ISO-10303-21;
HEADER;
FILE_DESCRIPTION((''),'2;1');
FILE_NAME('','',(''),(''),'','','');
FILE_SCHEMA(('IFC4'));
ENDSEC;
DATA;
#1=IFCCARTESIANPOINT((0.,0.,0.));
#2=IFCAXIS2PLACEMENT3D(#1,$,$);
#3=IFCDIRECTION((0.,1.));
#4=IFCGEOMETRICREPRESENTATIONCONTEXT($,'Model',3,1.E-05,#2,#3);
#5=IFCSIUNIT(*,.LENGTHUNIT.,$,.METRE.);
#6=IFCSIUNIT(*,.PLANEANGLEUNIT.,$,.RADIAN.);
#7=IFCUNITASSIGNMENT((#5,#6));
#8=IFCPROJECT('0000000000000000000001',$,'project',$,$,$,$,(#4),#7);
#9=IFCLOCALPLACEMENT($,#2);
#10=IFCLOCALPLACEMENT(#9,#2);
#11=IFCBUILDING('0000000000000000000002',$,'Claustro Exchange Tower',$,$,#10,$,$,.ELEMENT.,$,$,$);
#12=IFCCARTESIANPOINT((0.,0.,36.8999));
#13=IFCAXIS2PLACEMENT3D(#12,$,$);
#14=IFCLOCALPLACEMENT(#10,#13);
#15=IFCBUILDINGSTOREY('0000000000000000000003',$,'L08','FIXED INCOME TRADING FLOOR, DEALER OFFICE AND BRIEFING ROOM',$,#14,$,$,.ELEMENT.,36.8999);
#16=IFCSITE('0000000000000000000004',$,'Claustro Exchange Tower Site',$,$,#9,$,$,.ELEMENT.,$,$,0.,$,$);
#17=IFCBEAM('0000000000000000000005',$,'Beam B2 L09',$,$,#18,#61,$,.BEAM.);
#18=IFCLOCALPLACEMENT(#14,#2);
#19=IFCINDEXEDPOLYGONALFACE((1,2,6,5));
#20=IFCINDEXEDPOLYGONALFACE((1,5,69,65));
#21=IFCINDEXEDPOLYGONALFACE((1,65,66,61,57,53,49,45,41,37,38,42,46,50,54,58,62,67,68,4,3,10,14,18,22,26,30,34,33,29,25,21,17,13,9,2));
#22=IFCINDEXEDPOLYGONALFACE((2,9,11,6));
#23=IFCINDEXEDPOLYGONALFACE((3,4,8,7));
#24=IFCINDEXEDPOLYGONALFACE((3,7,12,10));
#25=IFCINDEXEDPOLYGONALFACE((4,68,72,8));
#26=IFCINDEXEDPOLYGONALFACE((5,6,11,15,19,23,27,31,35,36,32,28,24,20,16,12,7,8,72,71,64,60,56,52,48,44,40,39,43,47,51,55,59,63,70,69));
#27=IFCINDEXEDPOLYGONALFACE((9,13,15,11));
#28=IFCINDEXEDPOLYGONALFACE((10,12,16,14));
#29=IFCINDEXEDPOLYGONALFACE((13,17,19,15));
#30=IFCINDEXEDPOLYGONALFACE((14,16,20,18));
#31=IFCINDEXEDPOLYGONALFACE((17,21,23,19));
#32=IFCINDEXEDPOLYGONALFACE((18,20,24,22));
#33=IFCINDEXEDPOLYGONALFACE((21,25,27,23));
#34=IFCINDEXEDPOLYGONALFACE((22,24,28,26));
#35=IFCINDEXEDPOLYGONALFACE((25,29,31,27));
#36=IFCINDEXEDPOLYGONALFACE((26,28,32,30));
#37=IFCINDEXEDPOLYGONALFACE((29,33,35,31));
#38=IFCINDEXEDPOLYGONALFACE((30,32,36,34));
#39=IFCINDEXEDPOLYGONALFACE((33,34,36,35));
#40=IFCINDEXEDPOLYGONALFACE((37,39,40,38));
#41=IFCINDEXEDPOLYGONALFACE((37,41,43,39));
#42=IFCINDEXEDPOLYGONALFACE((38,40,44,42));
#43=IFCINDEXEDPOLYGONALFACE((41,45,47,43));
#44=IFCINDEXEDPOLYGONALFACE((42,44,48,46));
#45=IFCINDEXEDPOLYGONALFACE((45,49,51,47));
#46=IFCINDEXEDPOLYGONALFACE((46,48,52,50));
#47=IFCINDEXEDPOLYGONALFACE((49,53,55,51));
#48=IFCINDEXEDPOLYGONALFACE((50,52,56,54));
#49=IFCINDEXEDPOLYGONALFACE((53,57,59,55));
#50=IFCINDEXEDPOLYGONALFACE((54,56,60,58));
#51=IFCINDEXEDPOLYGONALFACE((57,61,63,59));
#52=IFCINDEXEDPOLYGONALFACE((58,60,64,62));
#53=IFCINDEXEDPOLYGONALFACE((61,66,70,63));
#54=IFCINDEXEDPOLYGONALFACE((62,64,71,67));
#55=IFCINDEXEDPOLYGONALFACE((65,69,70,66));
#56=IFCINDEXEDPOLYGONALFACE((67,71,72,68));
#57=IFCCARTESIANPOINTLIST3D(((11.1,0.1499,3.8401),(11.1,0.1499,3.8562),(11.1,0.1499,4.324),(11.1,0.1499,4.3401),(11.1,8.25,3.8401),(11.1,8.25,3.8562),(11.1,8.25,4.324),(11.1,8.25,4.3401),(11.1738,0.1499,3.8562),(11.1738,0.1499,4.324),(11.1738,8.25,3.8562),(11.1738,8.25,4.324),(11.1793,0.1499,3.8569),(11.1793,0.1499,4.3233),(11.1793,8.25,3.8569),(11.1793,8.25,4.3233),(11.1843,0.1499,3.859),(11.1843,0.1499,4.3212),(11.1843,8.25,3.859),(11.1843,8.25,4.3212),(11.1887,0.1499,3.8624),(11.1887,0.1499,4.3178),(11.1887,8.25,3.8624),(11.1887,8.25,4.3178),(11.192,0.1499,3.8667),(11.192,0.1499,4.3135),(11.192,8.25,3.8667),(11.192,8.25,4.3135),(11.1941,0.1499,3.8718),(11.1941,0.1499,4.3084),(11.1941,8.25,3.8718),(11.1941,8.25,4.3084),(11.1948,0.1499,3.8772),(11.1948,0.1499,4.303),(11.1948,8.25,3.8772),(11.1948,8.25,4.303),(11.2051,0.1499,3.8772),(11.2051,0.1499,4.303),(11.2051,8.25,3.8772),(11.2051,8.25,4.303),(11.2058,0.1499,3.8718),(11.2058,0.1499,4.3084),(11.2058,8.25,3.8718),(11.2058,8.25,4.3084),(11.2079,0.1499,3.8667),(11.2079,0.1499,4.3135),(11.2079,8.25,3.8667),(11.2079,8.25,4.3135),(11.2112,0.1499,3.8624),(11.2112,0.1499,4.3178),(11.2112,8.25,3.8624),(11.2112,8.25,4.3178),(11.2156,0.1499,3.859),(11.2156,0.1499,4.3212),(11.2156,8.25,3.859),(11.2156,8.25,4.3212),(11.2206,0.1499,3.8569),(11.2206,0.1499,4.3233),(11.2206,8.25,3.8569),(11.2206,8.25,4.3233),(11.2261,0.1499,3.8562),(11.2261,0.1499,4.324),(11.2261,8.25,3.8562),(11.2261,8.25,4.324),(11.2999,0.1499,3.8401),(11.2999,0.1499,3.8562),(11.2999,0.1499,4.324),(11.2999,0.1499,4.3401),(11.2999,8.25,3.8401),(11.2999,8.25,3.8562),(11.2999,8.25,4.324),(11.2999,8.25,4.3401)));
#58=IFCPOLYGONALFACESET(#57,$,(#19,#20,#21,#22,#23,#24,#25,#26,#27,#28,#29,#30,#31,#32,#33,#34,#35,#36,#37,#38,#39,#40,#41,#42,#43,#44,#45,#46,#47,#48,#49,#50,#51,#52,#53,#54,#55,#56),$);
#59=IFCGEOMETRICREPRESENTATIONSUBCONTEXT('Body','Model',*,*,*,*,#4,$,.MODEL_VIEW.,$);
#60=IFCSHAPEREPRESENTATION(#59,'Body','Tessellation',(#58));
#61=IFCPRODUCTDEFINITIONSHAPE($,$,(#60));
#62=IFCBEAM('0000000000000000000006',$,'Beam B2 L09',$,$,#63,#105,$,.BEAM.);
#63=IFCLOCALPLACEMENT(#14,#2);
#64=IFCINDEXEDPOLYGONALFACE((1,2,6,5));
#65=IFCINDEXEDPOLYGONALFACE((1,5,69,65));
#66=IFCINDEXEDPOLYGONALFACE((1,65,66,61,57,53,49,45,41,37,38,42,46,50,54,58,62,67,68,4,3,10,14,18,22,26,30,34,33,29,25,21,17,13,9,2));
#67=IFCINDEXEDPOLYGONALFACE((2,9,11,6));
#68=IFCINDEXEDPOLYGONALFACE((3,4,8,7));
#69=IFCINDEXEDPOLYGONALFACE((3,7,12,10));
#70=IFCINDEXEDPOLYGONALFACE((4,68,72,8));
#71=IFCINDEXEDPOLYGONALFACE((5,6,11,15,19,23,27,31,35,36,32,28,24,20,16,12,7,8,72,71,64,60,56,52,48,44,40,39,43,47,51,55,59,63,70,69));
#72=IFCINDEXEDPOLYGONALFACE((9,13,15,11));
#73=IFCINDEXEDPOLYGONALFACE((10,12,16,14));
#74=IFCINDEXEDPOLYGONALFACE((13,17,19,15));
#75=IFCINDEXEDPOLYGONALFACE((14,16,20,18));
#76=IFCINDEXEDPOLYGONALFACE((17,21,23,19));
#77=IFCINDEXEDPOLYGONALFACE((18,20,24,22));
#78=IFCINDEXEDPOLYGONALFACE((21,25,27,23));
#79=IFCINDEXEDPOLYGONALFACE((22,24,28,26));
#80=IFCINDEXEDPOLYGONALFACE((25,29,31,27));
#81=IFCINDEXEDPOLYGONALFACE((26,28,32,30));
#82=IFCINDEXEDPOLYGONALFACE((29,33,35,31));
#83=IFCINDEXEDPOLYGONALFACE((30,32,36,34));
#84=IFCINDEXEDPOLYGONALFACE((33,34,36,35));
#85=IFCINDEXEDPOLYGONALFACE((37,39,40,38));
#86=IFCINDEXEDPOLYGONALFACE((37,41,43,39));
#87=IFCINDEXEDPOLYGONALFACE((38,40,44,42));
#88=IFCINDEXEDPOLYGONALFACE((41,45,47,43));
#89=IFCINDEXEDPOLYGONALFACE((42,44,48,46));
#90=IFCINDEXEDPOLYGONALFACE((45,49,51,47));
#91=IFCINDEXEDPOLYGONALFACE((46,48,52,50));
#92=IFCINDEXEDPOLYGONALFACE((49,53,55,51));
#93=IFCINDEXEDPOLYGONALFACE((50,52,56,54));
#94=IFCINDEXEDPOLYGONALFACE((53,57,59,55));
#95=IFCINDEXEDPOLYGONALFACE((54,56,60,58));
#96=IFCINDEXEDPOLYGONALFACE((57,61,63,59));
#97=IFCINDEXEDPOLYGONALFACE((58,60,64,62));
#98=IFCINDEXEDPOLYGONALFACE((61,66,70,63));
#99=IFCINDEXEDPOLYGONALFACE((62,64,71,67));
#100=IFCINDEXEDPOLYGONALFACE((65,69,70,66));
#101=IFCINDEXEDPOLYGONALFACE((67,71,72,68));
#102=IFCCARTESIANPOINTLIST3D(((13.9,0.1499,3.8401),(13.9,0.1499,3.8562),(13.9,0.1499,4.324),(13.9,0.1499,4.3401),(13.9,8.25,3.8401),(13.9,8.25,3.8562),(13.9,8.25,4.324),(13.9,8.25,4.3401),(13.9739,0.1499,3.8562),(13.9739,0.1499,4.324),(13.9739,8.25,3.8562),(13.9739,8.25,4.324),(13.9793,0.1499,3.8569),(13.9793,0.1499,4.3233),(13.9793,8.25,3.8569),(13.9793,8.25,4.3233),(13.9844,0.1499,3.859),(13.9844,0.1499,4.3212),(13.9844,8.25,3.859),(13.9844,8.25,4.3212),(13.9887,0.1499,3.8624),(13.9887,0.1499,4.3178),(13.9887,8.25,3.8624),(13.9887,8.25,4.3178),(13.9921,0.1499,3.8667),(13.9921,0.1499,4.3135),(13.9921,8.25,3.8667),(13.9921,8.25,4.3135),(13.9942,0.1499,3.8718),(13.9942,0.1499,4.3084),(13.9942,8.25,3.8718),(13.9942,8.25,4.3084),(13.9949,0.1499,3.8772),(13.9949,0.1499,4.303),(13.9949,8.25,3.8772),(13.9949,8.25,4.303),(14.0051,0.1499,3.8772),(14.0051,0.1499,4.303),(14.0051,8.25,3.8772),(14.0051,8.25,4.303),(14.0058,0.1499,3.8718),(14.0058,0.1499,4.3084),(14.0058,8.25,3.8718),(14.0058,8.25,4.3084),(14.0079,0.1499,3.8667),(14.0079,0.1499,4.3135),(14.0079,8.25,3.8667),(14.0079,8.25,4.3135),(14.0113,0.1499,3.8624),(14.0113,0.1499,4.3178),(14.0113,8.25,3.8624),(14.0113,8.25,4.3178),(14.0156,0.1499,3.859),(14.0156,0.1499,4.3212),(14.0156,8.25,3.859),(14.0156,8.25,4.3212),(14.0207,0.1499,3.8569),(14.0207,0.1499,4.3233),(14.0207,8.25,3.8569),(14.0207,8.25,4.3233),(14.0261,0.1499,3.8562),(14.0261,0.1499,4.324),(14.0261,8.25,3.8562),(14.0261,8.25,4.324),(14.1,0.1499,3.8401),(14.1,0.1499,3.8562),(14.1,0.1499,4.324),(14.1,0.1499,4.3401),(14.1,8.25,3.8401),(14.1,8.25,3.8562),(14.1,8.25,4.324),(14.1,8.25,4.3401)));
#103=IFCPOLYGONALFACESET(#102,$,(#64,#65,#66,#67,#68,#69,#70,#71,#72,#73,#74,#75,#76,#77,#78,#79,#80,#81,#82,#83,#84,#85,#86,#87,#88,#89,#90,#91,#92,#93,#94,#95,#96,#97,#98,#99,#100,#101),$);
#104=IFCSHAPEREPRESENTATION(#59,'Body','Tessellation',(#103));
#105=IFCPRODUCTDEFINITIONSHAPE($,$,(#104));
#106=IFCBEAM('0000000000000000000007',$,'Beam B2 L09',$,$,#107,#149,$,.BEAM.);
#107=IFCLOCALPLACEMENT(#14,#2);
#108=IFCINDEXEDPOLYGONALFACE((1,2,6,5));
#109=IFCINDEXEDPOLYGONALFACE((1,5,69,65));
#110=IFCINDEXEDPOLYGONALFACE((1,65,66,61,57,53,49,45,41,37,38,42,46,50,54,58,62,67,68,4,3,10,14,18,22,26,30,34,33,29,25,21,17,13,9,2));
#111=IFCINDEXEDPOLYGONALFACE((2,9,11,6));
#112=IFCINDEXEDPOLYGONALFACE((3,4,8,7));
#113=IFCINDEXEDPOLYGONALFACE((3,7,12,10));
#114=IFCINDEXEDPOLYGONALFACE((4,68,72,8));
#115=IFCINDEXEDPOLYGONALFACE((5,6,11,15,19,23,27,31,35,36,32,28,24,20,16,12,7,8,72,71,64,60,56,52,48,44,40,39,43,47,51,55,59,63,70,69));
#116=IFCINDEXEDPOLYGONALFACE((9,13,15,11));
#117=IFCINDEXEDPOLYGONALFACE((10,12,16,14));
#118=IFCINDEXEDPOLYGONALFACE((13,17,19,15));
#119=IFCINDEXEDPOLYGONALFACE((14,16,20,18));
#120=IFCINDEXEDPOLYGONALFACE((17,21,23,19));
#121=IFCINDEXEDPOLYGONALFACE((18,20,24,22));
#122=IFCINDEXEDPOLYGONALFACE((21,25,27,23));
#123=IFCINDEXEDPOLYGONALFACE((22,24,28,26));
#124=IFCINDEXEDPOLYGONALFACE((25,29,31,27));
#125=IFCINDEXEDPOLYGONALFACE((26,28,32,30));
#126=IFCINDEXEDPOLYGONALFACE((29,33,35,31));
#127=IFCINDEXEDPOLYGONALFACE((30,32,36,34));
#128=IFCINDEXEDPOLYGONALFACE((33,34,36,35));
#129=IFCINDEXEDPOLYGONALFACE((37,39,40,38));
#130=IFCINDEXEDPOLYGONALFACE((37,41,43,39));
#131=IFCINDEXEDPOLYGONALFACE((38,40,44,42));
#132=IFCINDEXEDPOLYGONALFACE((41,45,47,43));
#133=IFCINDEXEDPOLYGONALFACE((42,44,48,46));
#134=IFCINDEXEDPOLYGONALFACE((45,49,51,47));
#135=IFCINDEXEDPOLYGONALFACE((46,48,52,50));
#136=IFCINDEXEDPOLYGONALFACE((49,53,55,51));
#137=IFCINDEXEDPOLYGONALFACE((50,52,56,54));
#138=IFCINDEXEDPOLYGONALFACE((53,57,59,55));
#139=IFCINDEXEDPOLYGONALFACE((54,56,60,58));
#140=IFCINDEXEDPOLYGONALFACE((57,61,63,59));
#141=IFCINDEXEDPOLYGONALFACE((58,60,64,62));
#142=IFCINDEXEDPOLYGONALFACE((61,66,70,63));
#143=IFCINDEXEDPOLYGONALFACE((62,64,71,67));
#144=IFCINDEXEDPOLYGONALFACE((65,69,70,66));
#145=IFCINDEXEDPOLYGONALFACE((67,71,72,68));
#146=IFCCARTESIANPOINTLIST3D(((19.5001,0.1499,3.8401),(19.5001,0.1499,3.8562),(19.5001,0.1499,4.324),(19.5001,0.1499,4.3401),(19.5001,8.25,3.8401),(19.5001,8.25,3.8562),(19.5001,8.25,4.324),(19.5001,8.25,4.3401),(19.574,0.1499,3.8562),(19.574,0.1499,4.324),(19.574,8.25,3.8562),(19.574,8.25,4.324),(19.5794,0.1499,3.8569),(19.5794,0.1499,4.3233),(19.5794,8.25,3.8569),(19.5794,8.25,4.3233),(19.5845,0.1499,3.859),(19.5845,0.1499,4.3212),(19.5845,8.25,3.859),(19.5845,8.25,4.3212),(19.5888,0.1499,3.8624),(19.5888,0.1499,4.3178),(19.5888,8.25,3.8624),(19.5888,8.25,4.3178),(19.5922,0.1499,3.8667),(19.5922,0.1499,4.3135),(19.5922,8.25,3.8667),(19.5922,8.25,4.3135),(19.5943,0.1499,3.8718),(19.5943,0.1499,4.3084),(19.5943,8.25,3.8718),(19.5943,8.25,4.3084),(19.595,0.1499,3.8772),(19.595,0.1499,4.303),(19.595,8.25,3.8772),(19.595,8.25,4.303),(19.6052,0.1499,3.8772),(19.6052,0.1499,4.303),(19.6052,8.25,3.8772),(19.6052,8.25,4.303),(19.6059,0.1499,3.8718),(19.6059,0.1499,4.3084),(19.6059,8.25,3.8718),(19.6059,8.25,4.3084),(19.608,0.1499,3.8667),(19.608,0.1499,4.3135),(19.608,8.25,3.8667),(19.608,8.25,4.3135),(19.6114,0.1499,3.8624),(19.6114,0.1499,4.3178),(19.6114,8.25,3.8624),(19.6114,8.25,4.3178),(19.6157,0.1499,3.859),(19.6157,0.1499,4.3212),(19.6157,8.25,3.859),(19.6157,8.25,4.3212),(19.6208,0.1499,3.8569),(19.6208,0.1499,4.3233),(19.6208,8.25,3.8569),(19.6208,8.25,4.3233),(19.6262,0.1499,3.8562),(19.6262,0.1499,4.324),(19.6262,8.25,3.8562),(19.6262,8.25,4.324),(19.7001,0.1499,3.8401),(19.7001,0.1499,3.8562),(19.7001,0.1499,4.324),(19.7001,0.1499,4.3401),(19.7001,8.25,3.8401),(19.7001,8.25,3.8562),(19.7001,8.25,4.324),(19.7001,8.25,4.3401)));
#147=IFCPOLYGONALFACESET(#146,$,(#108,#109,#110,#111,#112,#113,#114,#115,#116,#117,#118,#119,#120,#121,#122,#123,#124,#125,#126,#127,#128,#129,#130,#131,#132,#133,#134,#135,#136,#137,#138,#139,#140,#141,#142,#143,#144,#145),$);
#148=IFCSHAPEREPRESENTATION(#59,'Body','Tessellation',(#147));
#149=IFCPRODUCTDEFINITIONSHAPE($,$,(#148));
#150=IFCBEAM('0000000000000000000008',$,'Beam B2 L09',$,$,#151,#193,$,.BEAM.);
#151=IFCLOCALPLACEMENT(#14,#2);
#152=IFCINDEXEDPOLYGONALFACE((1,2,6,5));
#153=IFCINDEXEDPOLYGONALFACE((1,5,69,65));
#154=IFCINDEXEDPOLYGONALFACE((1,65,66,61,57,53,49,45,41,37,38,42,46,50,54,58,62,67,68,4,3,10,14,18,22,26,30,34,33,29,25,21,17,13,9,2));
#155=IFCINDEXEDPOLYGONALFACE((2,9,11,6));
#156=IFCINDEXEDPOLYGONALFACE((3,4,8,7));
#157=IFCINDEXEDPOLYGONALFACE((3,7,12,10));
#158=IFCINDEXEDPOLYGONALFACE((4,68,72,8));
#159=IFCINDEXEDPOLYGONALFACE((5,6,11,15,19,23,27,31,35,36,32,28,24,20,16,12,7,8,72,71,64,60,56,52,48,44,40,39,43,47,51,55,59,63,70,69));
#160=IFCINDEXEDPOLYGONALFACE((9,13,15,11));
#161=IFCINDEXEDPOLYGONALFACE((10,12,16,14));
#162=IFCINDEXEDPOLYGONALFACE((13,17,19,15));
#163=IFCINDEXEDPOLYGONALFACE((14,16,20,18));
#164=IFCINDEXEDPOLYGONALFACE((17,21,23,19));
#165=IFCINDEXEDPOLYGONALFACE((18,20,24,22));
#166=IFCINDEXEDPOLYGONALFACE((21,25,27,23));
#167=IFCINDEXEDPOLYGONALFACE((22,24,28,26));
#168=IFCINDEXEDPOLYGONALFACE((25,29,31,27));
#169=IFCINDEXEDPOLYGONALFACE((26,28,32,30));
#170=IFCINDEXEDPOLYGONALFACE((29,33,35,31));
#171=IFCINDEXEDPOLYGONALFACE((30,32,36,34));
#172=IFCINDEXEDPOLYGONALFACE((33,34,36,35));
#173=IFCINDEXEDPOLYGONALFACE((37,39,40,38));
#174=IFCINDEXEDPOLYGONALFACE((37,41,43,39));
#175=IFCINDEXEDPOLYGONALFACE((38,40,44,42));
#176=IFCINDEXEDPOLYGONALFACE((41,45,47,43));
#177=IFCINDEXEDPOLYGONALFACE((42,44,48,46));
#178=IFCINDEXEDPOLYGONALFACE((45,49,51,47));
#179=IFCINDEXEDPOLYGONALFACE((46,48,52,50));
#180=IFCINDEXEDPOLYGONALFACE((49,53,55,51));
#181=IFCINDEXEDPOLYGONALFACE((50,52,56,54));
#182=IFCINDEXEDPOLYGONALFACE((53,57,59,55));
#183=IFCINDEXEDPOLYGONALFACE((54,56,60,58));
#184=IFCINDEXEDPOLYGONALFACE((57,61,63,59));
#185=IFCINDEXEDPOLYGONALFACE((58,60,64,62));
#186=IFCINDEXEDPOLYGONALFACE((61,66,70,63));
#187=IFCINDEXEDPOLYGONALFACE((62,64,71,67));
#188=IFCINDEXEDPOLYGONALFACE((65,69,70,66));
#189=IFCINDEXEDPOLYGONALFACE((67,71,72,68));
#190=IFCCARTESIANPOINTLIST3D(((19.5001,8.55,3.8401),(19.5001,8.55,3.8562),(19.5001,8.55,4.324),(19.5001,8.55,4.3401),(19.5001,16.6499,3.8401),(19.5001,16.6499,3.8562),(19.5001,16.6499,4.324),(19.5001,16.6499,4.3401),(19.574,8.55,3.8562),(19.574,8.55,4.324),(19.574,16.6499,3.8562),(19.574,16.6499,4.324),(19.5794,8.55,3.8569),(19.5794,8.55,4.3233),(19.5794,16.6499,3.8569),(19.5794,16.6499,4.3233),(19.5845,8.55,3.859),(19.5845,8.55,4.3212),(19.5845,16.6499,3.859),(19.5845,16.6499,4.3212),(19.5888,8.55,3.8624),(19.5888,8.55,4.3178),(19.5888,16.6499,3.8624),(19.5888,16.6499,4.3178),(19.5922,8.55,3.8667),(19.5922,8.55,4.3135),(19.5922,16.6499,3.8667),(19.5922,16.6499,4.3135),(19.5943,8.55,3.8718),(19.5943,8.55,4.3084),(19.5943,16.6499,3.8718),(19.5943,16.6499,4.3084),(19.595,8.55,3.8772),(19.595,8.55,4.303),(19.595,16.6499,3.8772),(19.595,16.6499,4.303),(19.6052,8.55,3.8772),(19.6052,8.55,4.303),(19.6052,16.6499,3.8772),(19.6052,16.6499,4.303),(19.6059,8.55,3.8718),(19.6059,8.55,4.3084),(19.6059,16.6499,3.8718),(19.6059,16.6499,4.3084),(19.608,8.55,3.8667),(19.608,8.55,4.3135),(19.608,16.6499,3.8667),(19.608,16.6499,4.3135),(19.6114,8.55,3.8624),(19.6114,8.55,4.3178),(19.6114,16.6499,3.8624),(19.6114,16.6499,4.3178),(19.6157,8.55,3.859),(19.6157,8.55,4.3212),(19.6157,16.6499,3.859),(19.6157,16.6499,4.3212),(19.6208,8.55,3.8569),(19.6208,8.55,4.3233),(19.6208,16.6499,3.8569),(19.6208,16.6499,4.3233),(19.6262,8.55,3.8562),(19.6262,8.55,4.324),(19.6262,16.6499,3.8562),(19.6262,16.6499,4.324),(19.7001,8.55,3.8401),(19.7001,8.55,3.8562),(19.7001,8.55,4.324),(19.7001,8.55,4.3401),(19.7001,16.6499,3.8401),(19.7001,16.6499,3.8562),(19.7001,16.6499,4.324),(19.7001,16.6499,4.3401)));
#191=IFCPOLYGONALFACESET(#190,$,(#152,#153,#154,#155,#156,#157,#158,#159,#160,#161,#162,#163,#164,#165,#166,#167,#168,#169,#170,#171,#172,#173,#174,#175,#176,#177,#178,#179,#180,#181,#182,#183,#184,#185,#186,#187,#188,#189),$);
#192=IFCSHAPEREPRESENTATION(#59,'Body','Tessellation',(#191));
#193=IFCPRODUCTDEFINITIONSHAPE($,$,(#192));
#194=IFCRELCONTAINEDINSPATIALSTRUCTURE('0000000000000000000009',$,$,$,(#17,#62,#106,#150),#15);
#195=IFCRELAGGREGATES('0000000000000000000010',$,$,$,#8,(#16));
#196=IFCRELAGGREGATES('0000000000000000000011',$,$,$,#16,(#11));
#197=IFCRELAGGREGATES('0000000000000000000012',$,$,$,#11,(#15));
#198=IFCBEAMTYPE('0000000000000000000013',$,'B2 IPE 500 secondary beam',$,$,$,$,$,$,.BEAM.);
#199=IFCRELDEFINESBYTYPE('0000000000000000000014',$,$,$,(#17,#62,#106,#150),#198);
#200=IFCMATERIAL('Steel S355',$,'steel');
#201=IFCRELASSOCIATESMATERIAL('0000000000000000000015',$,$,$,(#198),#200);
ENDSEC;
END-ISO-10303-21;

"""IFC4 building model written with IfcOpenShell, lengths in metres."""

from ifc_helpers import new_model, si_unit, direction, frame, origin, origin_2d, place, context, subcontext, project, spatial, i_section, extrude, material, material_profile, profile_set, type_object, element, save


model = new_model("IFC4")

# Units and contexts
model_context = context("Model", 3, precision=1e-05, world=origin(), true_north=direction((0.0, 1.0)))
body_context = subcontext(model_context, "Body", "Model", "MODEL_VIEW")
ifc_project = project(units=[si_unit("LENGTHUNIT", "METRE"), si_unit("PLANEANGLEUNIT", "RADIAN")], contexts=[model_context])

# Site, building, storey
site_placement = place(None, origin())
site = spatial("IfcSite", under=ifc_project, at=site_placement, Name="Claustro Exchange Tower Site", CompositionType="ELEMENT", RefElevation=0.0)
building_placement = place(site_placement, origin())
building = spatial("IfcBuilding", under=site, at=building_placement, Name="Claustro Exchange Tower", CompositionType="ELEMENT")
storey_placement = place(building_placement, frame((0.0, 0.0, 36.8999)))
storey = spatial("IfcBuildingStorey", under=building, at=storey_placement, Name="L08", Description="FIXED INCOME TRADING FLOOR, DEALER OFFICE AND BRIEFING ROOM", CompositionType="ELEMENT", Elevation=36.8999)

# Beams
ifc_material_1 = material(Name="Steel S355", Category="steel")
ifc_material_profile_1 = material_profile(ifc_material_1, i_section(OverallWidth=0.2, OverallDepth=0.5, WebThickness=0.0103, FlangeThickness=0.0161, FilletRadius=0.021, at=origin_2d()), Name="IPE 500")
ifc_profile_set_1 = profile_set([ifc_material_profile_1], Name="Steel S355")
beam_type_1 = type_object("IfcBeamType", Name="B2 IPE 500 secondary beam", PredefinedType="BEAM", material=ifc_profile_set_1)
for number, where, z_axis, x_axis, name in (
    (1, (11.2, 0.1499, 4.0901), (0.0, 1.0, 0.0), (-1.0, 0.0, 0.0), "Beam B2 L09"),
    (2, (14.0, 0.1499, 4.0901), (0.0, 1.0, 0.0), (-1.0, 0.0, 0.0), "Beam B2 L09"),
    (3, (19.6001, 0.1499, 4.0901), (0.0, 1.0, 0.0), (-1.0, 0.0, 0.0), "Beam B2 L09"),
):
    element("IfcBeam", number, at=place(storey_placement, frame(where, z_axis=z_axis, x_axis=x_axis)), inside=storey, type_object=beam_type_1, Name=name, PredefinedType="BEAM", context=body_context, shape_type="SweptSolid", body=[
        extrude(i_section(OverallWidth=0.2, OverallDepth=0.5, WebThickness=0.0103, FlangeThickness=0.0161, FilletRadius=0.021, at=origin_2d()), origin(), (0.0, 0.0, 1.0), 8.1001),
    ])
beam_1_placement = place(storey_placement, frame((19.6001, 8.55, 4.0901), z_axis=(0.0, 1.0, 0.0), x_axis=(-1.0, 0.0, 0.0)))
element("IfcBeam", 4, at=beam_1_placement, inside=storey, type_object=beam_type_1, Name="Beam B2 L09", PredefinedType="BEAM", context=body_context, shape_type="SweptSolid", body=[
    extrude(i_section(OverallWidth=0.2, OverallDepth=0.5, WebThickness=0.0103, FlangeThickness=0.0161, FilletRadius=0.021, at=origin_2d()), origin(), (0.0, 0.0, 1.0), 8.0999),
])

save(model, "model.ifc")
